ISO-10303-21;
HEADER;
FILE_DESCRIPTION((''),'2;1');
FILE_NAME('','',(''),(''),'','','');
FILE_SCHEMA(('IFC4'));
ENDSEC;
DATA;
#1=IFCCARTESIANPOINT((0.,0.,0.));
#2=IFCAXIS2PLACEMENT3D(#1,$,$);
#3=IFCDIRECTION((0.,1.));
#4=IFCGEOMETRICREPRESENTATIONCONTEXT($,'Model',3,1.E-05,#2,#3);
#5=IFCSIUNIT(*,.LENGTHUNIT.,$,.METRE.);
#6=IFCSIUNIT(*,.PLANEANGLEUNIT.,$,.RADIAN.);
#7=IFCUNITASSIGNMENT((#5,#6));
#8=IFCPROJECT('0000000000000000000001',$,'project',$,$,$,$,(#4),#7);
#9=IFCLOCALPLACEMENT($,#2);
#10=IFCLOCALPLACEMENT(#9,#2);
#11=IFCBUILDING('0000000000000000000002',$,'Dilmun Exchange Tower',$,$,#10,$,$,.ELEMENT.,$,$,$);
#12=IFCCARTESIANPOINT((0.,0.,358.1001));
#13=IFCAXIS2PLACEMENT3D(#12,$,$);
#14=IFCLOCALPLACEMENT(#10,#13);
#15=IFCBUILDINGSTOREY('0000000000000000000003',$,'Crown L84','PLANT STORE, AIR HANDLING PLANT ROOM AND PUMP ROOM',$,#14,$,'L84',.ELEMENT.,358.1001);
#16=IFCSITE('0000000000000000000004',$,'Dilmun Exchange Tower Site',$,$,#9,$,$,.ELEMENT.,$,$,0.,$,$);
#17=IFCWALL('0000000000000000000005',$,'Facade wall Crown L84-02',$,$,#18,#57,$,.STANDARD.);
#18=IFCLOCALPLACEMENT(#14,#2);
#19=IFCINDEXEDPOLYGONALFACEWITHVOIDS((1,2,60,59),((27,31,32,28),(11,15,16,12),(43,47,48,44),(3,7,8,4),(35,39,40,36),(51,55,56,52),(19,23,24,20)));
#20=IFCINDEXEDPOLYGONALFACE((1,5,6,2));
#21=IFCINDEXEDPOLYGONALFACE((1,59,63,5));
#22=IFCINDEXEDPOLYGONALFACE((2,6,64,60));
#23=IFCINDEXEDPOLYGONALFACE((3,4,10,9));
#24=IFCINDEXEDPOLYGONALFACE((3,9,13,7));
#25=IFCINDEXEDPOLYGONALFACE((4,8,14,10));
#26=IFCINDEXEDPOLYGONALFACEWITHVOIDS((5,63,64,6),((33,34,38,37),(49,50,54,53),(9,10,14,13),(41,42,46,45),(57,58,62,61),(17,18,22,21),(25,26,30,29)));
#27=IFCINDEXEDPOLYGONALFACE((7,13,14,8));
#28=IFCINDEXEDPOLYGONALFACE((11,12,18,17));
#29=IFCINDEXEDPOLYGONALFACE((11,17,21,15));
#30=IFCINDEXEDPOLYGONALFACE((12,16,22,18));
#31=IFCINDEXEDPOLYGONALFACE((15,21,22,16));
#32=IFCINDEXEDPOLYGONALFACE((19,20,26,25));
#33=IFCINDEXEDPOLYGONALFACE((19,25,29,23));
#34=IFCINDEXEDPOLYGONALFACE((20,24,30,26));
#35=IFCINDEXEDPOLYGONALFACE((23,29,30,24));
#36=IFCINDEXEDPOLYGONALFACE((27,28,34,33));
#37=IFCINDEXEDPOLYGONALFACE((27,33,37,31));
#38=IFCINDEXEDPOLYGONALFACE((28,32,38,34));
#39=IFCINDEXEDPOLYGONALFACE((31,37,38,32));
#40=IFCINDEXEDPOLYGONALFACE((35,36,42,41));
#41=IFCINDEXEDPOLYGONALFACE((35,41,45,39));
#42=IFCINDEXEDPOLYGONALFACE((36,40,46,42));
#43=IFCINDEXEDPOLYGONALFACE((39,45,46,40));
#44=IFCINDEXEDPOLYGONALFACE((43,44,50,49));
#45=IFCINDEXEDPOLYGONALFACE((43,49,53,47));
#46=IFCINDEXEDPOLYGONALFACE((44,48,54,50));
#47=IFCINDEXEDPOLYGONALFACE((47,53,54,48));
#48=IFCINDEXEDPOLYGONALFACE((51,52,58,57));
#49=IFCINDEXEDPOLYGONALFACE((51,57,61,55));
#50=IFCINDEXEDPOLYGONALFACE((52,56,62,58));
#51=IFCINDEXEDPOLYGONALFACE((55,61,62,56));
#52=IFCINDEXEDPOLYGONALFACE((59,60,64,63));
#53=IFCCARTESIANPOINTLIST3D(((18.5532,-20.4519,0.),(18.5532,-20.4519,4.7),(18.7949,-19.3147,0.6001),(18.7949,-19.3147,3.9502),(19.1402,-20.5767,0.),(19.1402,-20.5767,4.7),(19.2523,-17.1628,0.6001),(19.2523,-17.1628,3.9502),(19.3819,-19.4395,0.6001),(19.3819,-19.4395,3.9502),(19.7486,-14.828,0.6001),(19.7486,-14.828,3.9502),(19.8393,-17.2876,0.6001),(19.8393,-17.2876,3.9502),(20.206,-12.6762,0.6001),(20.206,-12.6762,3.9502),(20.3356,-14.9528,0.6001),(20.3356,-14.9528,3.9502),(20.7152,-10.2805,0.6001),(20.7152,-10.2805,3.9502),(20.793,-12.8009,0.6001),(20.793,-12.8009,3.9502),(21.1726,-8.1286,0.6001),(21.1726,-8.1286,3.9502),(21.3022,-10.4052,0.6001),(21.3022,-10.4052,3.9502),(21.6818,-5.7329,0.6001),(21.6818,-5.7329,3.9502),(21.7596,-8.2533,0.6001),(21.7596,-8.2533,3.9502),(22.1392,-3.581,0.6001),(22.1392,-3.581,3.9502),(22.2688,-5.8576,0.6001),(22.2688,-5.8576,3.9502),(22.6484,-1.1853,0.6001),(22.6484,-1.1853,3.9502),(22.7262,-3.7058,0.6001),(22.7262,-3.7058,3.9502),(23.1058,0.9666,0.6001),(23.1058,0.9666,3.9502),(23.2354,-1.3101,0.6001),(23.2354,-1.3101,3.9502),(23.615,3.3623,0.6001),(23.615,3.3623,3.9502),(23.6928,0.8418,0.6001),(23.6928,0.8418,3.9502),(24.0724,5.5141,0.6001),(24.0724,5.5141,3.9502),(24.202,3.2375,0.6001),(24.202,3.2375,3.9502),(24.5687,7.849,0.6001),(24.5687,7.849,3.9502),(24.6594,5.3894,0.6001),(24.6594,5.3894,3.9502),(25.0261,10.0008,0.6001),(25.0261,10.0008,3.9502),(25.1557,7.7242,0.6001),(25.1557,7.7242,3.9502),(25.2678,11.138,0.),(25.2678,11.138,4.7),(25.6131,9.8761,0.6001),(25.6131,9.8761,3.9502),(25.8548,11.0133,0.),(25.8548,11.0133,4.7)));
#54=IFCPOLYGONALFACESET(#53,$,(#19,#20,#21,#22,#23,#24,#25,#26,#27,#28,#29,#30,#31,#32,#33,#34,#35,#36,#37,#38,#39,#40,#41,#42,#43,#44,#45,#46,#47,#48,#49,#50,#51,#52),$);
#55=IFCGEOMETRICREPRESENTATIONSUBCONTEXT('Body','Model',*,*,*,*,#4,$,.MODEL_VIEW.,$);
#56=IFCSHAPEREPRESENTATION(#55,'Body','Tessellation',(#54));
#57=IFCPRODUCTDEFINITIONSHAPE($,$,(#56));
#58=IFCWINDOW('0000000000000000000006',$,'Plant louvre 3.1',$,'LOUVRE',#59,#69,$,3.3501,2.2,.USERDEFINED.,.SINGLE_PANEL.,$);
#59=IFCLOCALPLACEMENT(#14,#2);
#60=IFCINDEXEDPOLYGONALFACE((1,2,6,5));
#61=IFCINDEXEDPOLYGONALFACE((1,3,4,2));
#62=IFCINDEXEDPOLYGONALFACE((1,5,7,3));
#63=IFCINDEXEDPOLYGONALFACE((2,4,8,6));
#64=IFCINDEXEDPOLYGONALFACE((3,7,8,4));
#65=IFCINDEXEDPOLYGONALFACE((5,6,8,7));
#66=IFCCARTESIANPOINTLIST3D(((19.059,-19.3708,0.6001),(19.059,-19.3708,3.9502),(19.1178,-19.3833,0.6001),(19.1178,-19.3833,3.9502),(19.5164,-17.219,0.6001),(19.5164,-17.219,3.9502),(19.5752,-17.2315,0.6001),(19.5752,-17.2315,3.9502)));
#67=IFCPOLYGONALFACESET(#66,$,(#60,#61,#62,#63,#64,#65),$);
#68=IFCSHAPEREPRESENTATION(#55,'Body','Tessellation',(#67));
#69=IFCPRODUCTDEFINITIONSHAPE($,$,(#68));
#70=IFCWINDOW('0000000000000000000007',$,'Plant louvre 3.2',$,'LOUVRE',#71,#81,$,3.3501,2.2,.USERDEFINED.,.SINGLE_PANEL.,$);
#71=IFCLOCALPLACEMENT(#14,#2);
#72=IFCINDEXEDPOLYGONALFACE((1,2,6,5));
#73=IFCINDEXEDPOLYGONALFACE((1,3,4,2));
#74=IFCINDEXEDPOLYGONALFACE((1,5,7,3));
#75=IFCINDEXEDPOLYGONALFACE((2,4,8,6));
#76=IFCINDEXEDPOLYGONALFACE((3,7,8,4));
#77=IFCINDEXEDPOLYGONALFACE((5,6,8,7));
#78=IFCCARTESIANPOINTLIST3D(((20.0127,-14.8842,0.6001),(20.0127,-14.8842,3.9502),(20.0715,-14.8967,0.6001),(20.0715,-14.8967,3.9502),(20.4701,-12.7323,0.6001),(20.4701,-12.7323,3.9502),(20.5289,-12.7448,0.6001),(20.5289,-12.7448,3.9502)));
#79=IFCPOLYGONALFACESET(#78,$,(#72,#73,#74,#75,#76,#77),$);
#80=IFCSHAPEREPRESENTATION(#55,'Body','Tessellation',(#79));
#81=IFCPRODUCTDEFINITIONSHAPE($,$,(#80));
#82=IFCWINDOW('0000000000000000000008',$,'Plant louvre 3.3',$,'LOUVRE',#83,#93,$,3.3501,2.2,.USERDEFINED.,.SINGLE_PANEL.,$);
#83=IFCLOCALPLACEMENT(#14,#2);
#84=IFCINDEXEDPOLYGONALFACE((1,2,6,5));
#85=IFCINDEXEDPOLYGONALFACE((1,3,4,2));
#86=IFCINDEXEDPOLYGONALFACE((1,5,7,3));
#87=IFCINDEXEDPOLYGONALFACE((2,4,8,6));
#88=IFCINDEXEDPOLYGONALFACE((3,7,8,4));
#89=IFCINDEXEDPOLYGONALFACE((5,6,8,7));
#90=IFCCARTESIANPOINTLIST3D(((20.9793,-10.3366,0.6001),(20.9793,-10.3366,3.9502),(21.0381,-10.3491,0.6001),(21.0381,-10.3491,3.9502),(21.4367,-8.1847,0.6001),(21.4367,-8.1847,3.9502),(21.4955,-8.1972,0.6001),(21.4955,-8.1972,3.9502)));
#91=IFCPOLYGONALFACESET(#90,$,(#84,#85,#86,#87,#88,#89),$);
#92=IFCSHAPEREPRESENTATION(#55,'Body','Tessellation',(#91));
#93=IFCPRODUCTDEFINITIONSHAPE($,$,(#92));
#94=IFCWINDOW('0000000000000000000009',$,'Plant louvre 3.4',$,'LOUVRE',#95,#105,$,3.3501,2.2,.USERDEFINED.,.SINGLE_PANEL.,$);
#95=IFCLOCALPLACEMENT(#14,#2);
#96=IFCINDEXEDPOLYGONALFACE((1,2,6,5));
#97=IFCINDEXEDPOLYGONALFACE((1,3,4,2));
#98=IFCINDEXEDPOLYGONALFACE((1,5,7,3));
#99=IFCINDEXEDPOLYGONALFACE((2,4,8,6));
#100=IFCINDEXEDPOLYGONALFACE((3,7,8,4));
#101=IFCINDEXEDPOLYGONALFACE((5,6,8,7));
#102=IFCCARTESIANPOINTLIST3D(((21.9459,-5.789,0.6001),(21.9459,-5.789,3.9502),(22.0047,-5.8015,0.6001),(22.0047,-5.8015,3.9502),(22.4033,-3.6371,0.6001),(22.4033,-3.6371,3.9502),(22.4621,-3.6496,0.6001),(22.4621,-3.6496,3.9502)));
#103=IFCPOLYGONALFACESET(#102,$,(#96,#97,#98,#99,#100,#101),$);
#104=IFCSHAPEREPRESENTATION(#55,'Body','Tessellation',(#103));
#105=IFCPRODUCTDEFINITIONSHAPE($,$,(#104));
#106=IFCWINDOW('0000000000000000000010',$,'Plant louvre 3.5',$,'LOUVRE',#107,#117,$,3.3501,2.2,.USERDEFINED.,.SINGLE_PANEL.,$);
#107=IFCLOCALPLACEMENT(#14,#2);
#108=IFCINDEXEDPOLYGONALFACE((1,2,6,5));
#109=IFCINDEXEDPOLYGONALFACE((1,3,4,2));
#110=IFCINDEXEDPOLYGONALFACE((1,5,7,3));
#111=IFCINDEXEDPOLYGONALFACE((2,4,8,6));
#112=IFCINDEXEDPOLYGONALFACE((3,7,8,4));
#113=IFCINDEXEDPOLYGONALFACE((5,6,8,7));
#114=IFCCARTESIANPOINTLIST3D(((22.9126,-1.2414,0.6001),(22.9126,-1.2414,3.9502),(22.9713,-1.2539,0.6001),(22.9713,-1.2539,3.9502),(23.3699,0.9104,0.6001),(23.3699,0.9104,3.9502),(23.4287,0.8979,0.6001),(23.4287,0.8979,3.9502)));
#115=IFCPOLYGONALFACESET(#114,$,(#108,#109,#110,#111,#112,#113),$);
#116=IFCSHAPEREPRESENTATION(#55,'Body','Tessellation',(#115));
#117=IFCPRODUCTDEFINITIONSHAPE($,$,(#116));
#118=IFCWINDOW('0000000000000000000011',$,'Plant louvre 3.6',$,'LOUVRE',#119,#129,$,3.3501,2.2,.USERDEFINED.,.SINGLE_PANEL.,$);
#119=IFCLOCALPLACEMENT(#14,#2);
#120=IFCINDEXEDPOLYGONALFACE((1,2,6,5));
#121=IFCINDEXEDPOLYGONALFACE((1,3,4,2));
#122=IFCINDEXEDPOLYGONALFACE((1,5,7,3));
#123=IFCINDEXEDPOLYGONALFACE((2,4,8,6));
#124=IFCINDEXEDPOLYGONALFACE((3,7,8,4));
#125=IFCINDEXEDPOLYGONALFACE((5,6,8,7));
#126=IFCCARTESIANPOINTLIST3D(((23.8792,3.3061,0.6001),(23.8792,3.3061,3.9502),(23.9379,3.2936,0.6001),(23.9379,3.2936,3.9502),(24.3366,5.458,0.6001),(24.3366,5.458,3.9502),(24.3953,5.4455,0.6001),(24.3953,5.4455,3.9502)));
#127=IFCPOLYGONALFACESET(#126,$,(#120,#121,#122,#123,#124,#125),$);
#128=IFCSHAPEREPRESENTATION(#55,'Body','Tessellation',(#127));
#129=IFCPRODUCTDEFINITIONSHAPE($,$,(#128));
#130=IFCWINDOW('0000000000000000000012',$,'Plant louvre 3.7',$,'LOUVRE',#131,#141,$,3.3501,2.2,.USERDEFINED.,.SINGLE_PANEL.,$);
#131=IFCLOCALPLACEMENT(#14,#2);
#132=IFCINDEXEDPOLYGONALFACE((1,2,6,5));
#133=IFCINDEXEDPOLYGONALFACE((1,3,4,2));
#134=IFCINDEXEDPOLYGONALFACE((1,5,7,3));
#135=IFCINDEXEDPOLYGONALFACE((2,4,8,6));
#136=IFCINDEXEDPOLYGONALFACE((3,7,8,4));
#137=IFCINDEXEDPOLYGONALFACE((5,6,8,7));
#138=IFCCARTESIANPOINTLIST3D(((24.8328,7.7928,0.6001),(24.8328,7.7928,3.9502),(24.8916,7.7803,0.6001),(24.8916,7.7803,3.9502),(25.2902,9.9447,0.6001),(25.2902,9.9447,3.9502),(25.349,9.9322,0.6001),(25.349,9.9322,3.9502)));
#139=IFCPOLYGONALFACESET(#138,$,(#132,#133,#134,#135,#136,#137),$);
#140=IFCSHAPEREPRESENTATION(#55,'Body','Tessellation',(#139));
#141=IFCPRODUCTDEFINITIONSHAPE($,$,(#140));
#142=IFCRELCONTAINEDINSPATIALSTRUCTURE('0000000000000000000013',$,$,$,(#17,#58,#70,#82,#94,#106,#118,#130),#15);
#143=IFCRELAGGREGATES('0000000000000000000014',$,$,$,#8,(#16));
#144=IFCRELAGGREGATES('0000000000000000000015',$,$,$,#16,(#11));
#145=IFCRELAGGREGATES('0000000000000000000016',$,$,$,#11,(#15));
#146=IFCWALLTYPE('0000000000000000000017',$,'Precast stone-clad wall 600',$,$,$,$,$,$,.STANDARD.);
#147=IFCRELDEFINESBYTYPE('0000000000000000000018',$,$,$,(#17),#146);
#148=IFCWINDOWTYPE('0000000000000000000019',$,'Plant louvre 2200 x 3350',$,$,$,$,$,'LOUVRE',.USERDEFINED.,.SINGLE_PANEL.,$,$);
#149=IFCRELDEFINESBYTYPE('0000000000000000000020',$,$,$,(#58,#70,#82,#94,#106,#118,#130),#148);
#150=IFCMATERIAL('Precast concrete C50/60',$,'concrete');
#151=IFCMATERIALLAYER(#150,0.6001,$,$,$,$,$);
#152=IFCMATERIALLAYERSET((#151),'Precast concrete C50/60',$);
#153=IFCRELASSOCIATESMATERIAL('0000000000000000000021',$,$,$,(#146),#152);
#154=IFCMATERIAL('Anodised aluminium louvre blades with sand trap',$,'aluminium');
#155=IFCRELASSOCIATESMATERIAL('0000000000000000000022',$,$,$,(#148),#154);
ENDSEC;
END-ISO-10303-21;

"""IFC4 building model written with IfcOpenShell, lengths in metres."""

from ifc_helpers import new_model, si_unit, direction, frame, frame_2d, origin, place, context, subcontext, project, spatial, rectangle, extrude, material, layer, layer_set, type_object, element, fill, save


model = new_model("IFC4")

# Units and contexts
model_context = context("Model", 3, precision=1e-05, world=origin(), true_north=direction((0.0, 1.0)))
body_context = subcontext(model_context, "Body", "Model", "MODEL_VIEW")
ifc_project = project(units=[si_unit("LENGTHUNIT", "METRE"), si_unit("PLANEANGLEUNIT", "RADIAN")], contexts=[model_context])

# Site, building, storey
site_placement = place(None, origin())
site = spatial("IfcSite", under=ifc_project, at=site_placement, Name="Dilmun Exchange Tower Site", CompositionType="ELEMENT", RefElevation=0.0)
building_placement = place(site_placement, origin())
building = spatial("IfcBuilding", under=site, at=building_placement, Name="Dilmun Exchange Tower", CompositionType="ELEMENT")
storey_placement = place(building_placement, frame((0.0, 0.0, 358.1001)))
storey = spatial("IfcBuildingStorey", under=building, at=storey_placement, Name="Crown L84", Description="PLANT STORE, AIR HANDLING PLANT ROOM AND PUMP ROOM", LongName="L84", CompositionType="ELEMENT", Elevation=358.1001)

# Wall, openings, windows
ifc_material_1 = material(Name="Precast concrete C50/60", Category="concrete")
ifc_layer_1 = layer(ifc_material_1, 0.6001)
ifc_layer_set_1 = layer_set([ifc_layer_1], Name="Precast concrete C50/60")
wall_type_1 = type_object("IfcWallType", Name="Precast stone-clad wall 600", PredefinedType="STANDARD", material=ifc_layer_set_1)
ifc_material_2 = material(Name="Anodised aluminium louvre blades with sand trap", Category="aluminium")
wall_1_placement = place(storey_placement, frame((18.8467, -20.5144, 0.0), z_axis=(0.0, 0.0, 1.0), x_axis=(0.207911, 0.978148, 0.0)))
wall_1 = element("IfcWall", 1, at=wall_1_placement, inside=storey, type_object=wall_type_1, Name="Facade wall Crown L84-02", PredefinedType="STANDARD", context=body_context, shape_type="SweptSolid", body=[
    extrude(rectangle(XDim=32.2957, YDim=0.6001, at=frame_2d((16.1479, 0.0))), origin(), (0.0, 0.0, 1.0), 4.7),
])
opening_1_placement = place(wall_1_placement, frame((1.1626, 0.0, 0.6001)))
opening_1 = element("IfcOpeningElement", 2, at=opening_1_placement, cuts=wall_1, PredefinedType="OPENING", context=body_context, shape_type="SweptSolid", body=[
    extrude(rectangle(XDim=2.2, YDim=3.3501, at=frame_2d((1.1001, 1.675))), frame((0.0, 0.3101, 0.0), z_axis=(0.0, -1.0, 0.0), x_axis=(1.0, 0.0, 0.0)), (0.0, 0.0, 1.0), 0.6201),
])
opening_2_placement = place(wall_1_placement, frame((5.7495, 0.0, 0.6001)))
opening_2 = element("IfcOpeningElement", 3, at=opening_2_placement, cuts=wall_1, PredefinedType="OPENING", context=body_context, shape_type="SweptSolid", body=[
    extrude(rectangle(XDim=2.2, YDim=3.3501, at=frame_2d((1.1001, 1.675))), frame((0.0, 0.3101, 0.0), z_axis=(0.0, -1.0, 0.0), x_axis=(1.0, 0.0, 0.0)), (0.0, 0.0, 1.0), 0.6201),
])
opening_3_placement = place(wall_1_placement, frame((10.3987, 0.0, 0.6001)))
opening_3 = element("IfcOpeningElement", 4, at=opening_3_placement, cuts=wall_1, PredefinedType="OPENING", context=body_context, shape_type="SweptSolid", body=[
    extrude(rectangle(XDim=2.2, YDim=3.3501, at=frame_2d((1.1001, 1.675))), frame((0.0, 0.3101, 0.0), z_axis=(0.0, -1.0, 0.0), x_axis=(1.0, 0.0, 0.0)), (0.0, 0.0, 1.0), 0.6201),
])
opening_4_placement = place(wall_1_placement, frame((15.0479, 0.0, 0.6001)))
opening_4 = element("IfcOpeningElement", 5, at=opening_4_placement, cuts=wall_1, PredefinedType="OPENING", context=body_context, shape_type="SweptSolid", body=[
    extrude(rectangle(XDim=2.2, YDim=3.3501, at=frame_2d((1.1001, 1.675))), frame((0.0, 0.3101, 0.0), z_axis=(0.0, -1.0, 0.0), x_axis=(1.0, 0.0, 0.0)), (0.0, 0.0, 1.0), 0.6201),
])
opening_5_placement = place(wall_1_placement, frame((19.697, 0.0, 0.6001)))
opening_5 = element("IfcOpeningElement", 6, at=opening_5_placement, cuts=wall_1, PredefinedType="OPENING", context=body_context, shape_type="SweptSolid", body=[
    extrude(rectangle(XDim=2.2, YDim=3.3501, at=frame_2d((1.1001, 1.675))), frame((0.0, 0.3101, 0.0), z_axis=(0.0, -1.0, 0.0), x_axis=(1.0, 0.0, 0.0)), (0.0, 0.0, 1.0), 0.6201),
])
opening_6_placement = place(wall_1_placement, frame((24.3462, 0.0, 0.6001)))
opening_6 = element("IfcOpeningElement", 7, at=opening_6_placement, cuts=wall_1, PredefinedType="OPENING", context=body_context, shape_type="SweptSolid", body=[
    extrude(rectangle(XDim=2.2, YDim=3.3501, at=frame_2d((1.1001, 1.675))), frame((0.0, 0.3101, 0.0), z_axis=(0.0, -1.0, 0.0), x_axis=(1.0, 0.0, 0.0)), (0.0, 0.0, 1.0), 0.6201),
])
opening_7_placement = place(wall_1_placement, frame((28.9331, 0.0, 0.6001)))
opening_7 = element("IfcOpeningElement", 8, at=opening_7_placement, cuts=wall_1, PredefinedType="OPENING", context=body_context, shape_type="SweptSolid", body=[
    extrude(rectangle(XDim=2.2, YDim=3.3501, at=frame_2d((1.1001, 1.675))), frame((0.0, 0.3101, 0.0), z_axis=(0.0, -1.0, 0.0), x_axis=(1.0, 0.0, 0.0)), (0.0, 0.0, 1.0), 0.6201),
])
window_type_1 = type_object("IfcWindowType", Name="Plant louvre 2200 x 3350", ElementType="LOUVRE", PartitioningType="SINGLE_PANEL", PredefinedType="USERDEFINED", material=ifc_material_2)
window_1_placement = place(opening_1_placement, origin())
window_1 = element("IfcWindow", 9, at=window_1_placement, inside=storey, type_object=window_type_1, Name="Plant louvre 3.1", ObjectType="LOUVRE", OverallHeight=3.3501, OverallWidth=2.2, PartitioningType="SINGLE_PANEL", PredefinedType="USERDEFINED", context=body_context, shape_type="SweptSolid", body=[
    extrude(rectangle(XDim=2.2, YDim=3.3501, at=frame_2d((1.1001, 1.675))), frame((0.0, 0.03, 0.0), z_axis=(0.0, -1.0, 0.0), x_axis=(1.0, 0.0, 0.0)), (0.0, 0.0, 1.0), 0.0601),
])
fill(opening_1, window_1)
window_2_placement = place(opening_2_placement, origin())
window_2 = element("IfcWindow", 10, at=window_2_placement, inside=storey, type_object=window_type_1, Name="Plant louvre 3.2", ObjectType="LOUVRE", OverallHeight=3.3501, OverallWidth=2.2, PartitioningType="SINGLE_PANEL", PredefinedType="USERDEFINED", context=body_context, shape_type="SweptSolid", body=[
    extrude(rectangle(XDim=2.2, YDim=3.3501, at=frame_2d((1.1001, 1.675))), frame((0.0, 0.03, 0.0), z_axis=(0.0, -1.0, 0.0), x_axis=(1.0, 0.0, 0.0)), (0.0, 0.0, 1.0), 0.0601),
])
fill(opening_2, window_2)
window_3_placement = place(opening_3_placement, origin())
window_3 = element("IfcWindow", 11, at=window_3_placement, inside=storey, type_object=window_type_1, Name="Plant louvre 3.3", ObjectType="LOUVRE", OverallHeight=3.3501, OverallWidth=2.2, PartitioningType="SINGLE_PANEL", PredefinedType="USERDEFINED", context=body_context, shape_type="SweptSolid", body=[
    extrude(rectangle(XDim=2.2, YDim=3.3501, at=frame_2d((1.1001, 1.675))), frame((0.0, 0.03, 0.0), z_axis=(0.0, -1.0, 0.0), x_axis=(1.0, 0.0, 0.0)), (0.0, 0.0, 1.0), 0.0601),
])
fill(opening_3, window_3)
window_4_placement = place(opening_4_placement, origin())
window_4 = element("IfcWindow", 12, at=window_4_placement, inside=storey, type_object=window_type_1, Name="Plant louvre 3.4", ObjectType="LOUVRE", OverallHeight=3.3501, OverallWidth=2.2, PartitioningType="SINGLE_PANEL", PredefinedType="USERDEFINED", context=body_context, shape_type="SweptSolid", body=[
    extrude(rectangle(XDim=2.2, YDim=3.3501, at=frame_2d((1.1001, 1.675))), frame((0.0, 0.03, 0.0), z_axis=(0.0, -1.0, 0.0), x_axis=(1.0, 0.0, 0.0)), (0.0, 0.0, 1.0), 0.0601),
])
fill(opening_4, window_4)
window_5_placement = place(opening_5_placement, origin())
window_5 = element("IfcWindow", 13, at=window_5_placement, inside=storey, type_object=window_type_1, Name="Plant louvre 3.5", ObjectType="LOUVRE", OverallHeight=3.3501, OverallWidth=2.2, PartitioningType="SINGLE_PANEL", PredefinedType="USERDEFINED", context=body_context, shape_type="SweptSolid", body=[
    extrude(rectangle(XDim=2.2, YDim=3.3501, at=frame_2d((1.1001, 1.675))), frame((0.0, 0.03, 0.0), z_axis=(0.0, -1.0, 0.0), x_axis=(1.0, 0.0, 0.0)), (0.0, 0.0, 1.0), 0.0601),
])
fill(opening_5, window_5)
window_6_placement = place(opening_6_placement, origin())
window_6 = element("IfcWindow", 14, at=window_6_placement, inside=storey, type_object=window_type_1, Name="Plant louvre 3.6", ObjectType="LOUVRE", OverallHeight=3.3501, OverallWidth=2.2, PartitioningType="SINGLE_PANEL", PredefinedType="USERDEFINED", context=body_context, shape_type="SweptSolid", body=[
    extrude(rectangle(XDim=2.2, YDim=3.3501, at=frame_2d((1.1001, 1.675))), frame((0.0, 0.03, 0.0), z_axis=(0.0, -1.0, 0.0), x_axis=(1.0, 0.0, 0.0)), (0.0, 0.0, 1.0), 0.0601),
])
fill(opening_6, window_6)
window_7_placement = place(opening_7_placement, origin())
window_7 = element("IfcWindow", 15, at=window_7_placement, inside=storey, type_object=window_type_1, Name="Plant louvre 3.7", ObjectType="LOUVRE", OverallHeight=3.3501, OverallWidth=2.2, PartitioningType="SINGLE_PANEL", PredefinedType="USERDEFINED", context=body_context, shape_type="SweptSolid", body=[
    extrude(rectangle(XDim=2.2, YDim=3.3501, at=frame_2d((1.1001, 1.675))), frame((0.0, 0.03, 0.0), z_axis=(0.0, -1.0, 0.0), x_axis=(1.0, 0.0, 0.0)), (0.0, 0.0, 1.0), 0.0601),
])
fill(opening_7, window_7)

save(model, "model.ifc")
